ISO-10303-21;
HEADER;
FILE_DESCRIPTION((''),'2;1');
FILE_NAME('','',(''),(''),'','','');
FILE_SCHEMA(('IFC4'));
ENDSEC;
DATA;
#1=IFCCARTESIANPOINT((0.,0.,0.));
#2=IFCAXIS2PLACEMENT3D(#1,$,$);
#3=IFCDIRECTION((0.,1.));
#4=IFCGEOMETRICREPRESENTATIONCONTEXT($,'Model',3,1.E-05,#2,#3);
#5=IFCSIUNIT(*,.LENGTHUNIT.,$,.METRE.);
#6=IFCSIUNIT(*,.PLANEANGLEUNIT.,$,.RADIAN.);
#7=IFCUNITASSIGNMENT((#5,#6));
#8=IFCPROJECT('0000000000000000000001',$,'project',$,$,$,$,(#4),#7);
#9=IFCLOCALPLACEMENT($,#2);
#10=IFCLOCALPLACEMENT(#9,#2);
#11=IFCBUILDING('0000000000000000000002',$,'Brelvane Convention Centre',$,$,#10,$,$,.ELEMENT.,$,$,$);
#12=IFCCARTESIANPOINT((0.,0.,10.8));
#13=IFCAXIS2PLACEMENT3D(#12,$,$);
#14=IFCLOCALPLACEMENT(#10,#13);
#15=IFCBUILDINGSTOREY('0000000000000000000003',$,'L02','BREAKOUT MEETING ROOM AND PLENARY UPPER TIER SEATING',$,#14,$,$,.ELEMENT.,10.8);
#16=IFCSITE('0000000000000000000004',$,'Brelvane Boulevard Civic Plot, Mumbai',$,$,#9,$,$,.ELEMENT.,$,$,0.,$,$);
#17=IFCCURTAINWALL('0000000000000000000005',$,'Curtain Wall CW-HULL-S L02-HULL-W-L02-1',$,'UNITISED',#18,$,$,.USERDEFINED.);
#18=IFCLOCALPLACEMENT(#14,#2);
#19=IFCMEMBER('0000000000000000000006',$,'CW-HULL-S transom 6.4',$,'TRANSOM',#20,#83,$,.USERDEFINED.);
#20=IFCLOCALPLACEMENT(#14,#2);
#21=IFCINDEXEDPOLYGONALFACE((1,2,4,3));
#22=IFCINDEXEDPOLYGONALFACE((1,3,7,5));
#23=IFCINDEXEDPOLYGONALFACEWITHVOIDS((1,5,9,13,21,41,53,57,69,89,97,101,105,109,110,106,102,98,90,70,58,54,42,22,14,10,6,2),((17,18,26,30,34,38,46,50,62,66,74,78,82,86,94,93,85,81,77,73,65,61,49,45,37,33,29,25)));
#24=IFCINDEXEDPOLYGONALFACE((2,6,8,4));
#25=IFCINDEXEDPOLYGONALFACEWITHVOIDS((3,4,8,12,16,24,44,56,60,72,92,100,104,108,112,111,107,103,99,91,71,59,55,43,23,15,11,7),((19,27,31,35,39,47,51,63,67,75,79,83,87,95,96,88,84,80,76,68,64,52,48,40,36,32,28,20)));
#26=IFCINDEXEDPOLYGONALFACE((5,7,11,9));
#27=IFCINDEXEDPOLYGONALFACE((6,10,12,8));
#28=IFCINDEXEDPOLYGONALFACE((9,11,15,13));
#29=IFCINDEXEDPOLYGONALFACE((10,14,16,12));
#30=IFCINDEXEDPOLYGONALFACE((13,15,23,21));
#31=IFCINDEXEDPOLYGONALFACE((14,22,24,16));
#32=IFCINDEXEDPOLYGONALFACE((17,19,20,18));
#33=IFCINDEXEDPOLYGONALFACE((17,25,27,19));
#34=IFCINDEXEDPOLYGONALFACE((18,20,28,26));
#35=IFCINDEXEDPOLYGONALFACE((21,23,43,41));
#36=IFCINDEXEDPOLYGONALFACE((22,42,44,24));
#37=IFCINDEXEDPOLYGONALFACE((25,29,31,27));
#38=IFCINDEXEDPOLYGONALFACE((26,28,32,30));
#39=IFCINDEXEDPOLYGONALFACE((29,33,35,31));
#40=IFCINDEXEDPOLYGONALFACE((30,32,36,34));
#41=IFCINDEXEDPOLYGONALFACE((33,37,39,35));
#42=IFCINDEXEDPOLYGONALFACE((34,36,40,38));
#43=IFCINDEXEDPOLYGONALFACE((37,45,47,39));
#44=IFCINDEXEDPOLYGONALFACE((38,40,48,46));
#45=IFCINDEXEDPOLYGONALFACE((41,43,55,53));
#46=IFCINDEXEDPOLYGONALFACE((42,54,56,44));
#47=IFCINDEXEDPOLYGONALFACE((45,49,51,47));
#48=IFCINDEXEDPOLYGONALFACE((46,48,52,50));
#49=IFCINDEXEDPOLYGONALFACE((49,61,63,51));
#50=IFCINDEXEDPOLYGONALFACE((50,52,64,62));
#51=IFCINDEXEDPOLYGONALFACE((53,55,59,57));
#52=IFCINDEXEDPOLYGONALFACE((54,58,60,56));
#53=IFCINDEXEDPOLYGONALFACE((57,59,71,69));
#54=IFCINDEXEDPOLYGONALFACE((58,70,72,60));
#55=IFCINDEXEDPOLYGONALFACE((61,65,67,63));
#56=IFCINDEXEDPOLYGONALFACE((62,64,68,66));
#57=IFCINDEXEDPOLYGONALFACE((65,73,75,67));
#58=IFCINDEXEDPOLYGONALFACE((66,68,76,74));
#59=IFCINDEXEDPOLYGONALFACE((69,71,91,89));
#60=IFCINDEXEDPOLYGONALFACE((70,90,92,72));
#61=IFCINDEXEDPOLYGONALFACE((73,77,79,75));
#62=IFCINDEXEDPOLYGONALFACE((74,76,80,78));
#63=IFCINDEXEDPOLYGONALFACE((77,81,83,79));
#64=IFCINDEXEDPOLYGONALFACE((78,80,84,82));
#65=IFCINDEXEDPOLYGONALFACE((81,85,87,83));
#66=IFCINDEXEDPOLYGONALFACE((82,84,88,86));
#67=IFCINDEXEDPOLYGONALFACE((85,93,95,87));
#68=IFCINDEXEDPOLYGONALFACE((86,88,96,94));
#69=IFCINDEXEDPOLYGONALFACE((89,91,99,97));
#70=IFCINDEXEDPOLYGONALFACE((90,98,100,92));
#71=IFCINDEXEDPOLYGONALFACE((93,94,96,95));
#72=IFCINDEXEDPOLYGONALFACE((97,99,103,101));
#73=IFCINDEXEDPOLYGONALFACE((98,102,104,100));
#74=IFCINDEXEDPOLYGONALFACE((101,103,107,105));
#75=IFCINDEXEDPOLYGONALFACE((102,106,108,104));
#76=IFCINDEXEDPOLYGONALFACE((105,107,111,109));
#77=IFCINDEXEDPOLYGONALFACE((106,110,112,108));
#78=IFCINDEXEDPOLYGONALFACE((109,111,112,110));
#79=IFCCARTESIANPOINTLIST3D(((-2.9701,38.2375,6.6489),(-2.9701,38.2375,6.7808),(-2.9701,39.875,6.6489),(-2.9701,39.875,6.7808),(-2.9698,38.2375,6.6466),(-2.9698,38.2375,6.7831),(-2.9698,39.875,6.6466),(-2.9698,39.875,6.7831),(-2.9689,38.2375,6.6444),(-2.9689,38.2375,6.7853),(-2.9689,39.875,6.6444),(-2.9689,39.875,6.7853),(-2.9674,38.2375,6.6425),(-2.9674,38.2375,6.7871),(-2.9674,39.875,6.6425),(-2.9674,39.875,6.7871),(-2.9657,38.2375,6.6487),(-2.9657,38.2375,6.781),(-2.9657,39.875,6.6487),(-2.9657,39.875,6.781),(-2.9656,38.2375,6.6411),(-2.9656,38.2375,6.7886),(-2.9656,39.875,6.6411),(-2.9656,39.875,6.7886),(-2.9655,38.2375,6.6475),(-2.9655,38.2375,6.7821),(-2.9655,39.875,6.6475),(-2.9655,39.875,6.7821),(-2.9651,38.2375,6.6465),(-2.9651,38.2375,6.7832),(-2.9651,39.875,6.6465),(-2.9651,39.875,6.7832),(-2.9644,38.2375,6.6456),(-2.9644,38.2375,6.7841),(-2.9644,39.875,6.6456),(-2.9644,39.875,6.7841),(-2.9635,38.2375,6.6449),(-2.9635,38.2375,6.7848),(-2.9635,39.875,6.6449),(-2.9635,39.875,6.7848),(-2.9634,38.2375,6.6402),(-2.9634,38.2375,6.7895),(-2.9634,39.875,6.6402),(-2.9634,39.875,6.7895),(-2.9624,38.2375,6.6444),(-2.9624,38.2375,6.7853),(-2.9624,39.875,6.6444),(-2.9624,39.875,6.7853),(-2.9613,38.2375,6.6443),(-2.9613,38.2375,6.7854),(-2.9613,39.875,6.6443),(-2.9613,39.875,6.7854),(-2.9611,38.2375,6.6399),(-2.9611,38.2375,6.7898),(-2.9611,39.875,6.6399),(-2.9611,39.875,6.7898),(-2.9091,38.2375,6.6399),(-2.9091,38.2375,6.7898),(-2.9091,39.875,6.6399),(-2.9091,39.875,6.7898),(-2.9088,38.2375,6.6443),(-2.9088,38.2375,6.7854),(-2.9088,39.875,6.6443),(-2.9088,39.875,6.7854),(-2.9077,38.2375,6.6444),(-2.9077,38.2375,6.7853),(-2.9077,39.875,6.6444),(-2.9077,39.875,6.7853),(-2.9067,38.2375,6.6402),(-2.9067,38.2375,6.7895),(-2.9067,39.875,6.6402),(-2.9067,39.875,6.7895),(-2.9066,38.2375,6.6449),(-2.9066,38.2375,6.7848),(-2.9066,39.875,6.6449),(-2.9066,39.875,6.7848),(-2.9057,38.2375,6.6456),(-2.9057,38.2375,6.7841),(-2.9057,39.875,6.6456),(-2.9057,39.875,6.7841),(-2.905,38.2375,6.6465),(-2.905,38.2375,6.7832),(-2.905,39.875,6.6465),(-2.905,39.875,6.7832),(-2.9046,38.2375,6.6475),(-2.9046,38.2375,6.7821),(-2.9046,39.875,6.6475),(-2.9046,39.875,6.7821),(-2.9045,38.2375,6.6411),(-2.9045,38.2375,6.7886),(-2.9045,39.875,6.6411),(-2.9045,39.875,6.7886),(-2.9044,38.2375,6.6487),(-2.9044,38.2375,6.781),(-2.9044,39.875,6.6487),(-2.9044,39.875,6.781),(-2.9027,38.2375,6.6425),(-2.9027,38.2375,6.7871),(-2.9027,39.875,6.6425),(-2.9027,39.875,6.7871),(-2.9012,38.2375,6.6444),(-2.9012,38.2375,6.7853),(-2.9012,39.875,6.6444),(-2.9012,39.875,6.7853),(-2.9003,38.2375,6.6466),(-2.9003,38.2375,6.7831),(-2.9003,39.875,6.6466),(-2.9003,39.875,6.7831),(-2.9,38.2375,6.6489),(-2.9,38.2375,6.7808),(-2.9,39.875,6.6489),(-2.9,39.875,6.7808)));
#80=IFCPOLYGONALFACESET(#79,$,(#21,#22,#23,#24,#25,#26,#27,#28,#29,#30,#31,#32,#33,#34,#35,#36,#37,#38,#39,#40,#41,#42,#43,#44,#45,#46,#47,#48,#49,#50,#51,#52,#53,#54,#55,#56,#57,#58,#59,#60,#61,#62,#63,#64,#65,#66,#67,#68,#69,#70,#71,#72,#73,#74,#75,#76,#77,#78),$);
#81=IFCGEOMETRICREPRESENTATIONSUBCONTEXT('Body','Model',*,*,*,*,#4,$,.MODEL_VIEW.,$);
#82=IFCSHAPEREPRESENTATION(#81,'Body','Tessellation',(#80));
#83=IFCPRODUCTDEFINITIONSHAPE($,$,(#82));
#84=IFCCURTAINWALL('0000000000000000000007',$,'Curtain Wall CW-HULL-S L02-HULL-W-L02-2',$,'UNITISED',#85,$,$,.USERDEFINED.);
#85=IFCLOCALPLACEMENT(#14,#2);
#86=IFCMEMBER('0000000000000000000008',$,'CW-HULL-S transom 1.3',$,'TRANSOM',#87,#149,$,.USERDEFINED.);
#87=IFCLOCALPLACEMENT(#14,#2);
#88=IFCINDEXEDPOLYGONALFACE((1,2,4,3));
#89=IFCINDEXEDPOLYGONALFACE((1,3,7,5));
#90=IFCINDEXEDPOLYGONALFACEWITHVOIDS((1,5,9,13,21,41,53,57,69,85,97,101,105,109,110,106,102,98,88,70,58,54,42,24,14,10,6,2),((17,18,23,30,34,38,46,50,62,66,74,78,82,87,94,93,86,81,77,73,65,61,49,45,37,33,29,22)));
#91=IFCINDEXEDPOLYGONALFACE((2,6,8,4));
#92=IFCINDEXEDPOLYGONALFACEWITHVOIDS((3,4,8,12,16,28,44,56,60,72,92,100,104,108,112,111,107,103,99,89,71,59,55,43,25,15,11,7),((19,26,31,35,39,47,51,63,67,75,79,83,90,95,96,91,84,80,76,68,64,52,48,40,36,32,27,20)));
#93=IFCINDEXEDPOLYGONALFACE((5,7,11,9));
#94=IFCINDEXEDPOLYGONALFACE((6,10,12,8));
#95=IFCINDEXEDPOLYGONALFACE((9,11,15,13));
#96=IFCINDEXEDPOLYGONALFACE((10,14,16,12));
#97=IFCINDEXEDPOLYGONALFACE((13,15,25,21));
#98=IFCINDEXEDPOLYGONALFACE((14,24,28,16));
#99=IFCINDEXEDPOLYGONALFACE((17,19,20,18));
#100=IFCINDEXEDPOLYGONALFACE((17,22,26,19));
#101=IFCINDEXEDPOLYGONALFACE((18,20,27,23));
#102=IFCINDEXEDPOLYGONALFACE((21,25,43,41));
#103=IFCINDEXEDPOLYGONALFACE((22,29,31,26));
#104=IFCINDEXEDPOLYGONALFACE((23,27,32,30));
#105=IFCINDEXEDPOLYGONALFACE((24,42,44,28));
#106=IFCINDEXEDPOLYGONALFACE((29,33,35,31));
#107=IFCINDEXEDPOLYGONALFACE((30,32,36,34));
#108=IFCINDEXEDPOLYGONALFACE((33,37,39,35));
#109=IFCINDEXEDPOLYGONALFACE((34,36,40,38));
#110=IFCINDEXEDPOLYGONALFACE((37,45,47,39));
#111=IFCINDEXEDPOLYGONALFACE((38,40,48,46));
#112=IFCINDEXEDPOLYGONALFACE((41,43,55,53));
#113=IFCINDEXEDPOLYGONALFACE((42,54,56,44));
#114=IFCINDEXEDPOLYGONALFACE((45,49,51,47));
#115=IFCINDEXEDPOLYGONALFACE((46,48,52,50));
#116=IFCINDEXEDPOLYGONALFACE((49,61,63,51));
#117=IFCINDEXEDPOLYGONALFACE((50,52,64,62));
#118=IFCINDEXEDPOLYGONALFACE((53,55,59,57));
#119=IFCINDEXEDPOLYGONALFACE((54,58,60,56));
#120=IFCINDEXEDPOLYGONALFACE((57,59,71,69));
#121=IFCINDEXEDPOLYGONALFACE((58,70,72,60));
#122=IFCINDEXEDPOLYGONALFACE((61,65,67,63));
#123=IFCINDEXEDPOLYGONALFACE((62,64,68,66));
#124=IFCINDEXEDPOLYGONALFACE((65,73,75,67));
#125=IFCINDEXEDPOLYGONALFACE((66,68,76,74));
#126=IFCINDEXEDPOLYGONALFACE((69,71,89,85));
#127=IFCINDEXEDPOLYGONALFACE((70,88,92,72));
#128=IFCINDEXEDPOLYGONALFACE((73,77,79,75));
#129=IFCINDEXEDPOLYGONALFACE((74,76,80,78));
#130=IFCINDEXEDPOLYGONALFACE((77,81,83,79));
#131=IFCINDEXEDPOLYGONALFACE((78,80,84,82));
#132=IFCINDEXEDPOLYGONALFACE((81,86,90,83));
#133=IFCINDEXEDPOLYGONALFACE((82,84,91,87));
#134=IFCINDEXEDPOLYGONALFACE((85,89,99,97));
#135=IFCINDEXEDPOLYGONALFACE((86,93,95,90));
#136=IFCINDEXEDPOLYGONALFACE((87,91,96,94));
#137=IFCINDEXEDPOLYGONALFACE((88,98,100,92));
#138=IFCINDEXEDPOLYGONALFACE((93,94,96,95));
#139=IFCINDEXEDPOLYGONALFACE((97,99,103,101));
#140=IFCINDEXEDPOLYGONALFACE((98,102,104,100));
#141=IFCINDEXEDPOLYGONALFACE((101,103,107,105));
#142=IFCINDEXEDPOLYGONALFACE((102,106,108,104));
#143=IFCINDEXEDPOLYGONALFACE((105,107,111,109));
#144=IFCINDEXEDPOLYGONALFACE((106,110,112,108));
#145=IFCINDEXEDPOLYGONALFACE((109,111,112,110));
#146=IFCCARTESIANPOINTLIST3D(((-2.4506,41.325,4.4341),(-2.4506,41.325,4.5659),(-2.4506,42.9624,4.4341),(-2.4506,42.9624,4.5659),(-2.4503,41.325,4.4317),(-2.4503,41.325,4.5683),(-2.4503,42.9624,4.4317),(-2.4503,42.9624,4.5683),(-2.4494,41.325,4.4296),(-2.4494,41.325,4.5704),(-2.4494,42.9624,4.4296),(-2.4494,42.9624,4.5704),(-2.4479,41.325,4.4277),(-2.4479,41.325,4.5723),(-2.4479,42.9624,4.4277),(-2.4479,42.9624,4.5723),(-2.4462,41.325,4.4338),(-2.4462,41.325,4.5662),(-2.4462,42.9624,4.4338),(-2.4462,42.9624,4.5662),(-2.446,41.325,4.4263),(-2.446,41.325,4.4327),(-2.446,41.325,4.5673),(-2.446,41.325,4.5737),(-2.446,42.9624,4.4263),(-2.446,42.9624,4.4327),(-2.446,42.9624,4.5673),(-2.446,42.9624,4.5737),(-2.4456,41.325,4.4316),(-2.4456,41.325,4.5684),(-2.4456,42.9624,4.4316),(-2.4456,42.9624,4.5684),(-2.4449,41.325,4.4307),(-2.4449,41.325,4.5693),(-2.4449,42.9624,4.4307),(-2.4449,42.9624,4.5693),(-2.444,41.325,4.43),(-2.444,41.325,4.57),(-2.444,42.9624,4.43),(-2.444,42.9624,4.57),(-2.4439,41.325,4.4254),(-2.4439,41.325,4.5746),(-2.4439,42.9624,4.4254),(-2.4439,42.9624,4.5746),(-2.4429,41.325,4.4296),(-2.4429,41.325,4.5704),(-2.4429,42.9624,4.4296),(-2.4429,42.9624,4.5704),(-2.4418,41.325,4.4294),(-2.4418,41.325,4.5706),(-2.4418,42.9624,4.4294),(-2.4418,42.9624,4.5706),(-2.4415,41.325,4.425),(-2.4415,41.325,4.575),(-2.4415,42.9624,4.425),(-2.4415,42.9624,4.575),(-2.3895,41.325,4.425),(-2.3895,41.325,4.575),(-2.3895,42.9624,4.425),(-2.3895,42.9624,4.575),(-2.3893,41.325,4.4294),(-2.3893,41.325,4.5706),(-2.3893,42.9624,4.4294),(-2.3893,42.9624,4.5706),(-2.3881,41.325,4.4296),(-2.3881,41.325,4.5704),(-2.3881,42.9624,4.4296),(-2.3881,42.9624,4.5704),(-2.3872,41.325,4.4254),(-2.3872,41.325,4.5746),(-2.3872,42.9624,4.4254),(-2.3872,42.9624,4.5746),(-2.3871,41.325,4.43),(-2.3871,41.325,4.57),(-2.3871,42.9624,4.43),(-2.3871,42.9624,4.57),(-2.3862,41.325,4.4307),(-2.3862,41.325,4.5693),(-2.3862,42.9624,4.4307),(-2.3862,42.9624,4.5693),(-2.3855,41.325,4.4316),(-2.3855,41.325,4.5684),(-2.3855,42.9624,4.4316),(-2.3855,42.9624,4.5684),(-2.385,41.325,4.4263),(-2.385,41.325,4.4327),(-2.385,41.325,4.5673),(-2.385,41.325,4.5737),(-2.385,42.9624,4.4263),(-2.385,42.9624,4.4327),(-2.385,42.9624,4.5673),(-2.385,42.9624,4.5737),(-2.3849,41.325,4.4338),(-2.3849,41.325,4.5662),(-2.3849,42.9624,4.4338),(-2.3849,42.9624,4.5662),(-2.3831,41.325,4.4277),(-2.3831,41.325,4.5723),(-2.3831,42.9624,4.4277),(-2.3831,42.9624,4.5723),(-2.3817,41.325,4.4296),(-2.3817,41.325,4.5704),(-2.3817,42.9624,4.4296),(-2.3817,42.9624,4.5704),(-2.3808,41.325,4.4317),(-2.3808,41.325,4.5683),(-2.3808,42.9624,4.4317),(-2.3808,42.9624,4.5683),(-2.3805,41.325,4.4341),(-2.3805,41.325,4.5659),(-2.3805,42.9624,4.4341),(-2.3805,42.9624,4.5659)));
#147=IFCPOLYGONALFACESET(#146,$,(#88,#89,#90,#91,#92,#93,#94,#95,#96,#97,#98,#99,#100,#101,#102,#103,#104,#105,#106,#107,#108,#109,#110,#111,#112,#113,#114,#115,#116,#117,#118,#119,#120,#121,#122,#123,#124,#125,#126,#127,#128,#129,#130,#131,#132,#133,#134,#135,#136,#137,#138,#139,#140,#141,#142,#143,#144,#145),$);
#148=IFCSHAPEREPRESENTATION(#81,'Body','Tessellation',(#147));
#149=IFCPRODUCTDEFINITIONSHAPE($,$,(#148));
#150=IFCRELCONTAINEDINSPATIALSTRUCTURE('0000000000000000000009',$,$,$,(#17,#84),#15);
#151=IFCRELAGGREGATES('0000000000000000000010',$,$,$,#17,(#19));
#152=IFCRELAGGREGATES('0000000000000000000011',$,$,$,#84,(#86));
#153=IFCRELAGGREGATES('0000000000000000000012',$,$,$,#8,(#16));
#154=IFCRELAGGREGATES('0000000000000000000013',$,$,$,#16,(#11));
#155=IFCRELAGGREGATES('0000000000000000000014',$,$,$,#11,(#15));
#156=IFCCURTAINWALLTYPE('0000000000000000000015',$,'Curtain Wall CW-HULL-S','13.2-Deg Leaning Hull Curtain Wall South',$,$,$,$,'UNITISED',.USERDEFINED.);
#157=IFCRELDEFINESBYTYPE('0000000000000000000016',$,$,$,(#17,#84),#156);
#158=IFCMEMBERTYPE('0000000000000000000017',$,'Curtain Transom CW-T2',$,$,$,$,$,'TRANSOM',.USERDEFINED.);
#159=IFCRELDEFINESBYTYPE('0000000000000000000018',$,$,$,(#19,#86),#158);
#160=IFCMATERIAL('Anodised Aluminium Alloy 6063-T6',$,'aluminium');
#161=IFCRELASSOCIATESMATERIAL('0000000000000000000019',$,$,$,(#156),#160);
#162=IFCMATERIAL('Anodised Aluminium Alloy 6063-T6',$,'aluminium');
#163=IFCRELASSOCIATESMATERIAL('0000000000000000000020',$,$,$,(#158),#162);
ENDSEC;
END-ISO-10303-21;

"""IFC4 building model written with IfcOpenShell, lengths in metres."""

from ifc_helpers import new_model, si_unit, direction, frame, origin, origin_2d, place, context, subcontext, project, spatial, hollow_rectangle, extrude, material, material_profile, profile_set, type_object, element, aggregate, save


model = new_model("IFC4")

# Units and contexts
model_context = context("Model", 3, precision=1e-05, world=origin(), true_north=direction((0.0, 1.0)))
body_context = subcontext(model_context, "Body", "Model", "MODEL_VIEW")
ifc_project = project(units=[si_unit("LENGTHUNIT", "METRE"), si_unit("PLANEANGLEUNIT", "RADIAN")], contexts=[model_context])

# Site, building, storey
site_placement = place(None, origin())
site = spatial("IfcSite", under=ifc_project, at=site_placement, Name="Brelvane Boulevard Civic Plot, Mumbai", CompositionType="ELEMENT", RefElevation=0.0)
building_placement = place(site_placement, origin())
building = spatial("IfcBuilding", under=site, at=building_placement, Name="Brelvane Convention Centre", CompositionType="ELEMENT")
storey_placement = place(building_placement, frame((0.0, 0.0, 10.8)))
storey = spatial("IfcBuildingStorey", under=building, at=storey_placement, Name="L02", Description="BREAKOUT MEETING ROOM AND PLENARY UPPER TIER SEATING", CompositionType="ELEMENT", Elevation=10.8)

# Curtain walls, members
ifc_material_1 = material(Name="Anodised Aluminium Alloy 6063-T6", Category="aluminium")
curtain_wall_type = type_object("IfcCurtainWallType", Name="Curtain Wall CW-HULL-S", Description="13.2-Deg Leaning Hull Curtain Wall South", ElementType="UNITISED", PredefinedType="USERDEFINED", material=ifc_material_1)
curtain_wall_1_placement = place(storey_placement, origin())
curtain_wall_1 = element("IfcCurtainWall", 1, at=curtain_wall_1_placement, inside=storey, type_object=curtain_wall_type, Name="Curtain Wall CW-HULL-S L02-HULL-W-L02-1", ObjectType="UNITISED", PredefinedType="USERDEFINED")
ifc_material_2 = material(Name="Anodised Aluminium Alloy 6063-T6", Category="aluminium")
ifc_material_profile = material_profile(ifc_material_2, hollow_rectangle(XDim=0.0701, YDim=0.1499, WallThickness=0.0044, InnerFilletRadius=0.0044, OuterFilletRadius=0.009, at=origin_2d()), Name="ALU-T 150x70x4.5")
ifc_profile_set = profile_set([ifc_material_profile], Name="Anodised Aluminium Alloy 6063-T6")
member_type = type_object("IfcMemberType", Name="Curtain Transom CW-T2", ElementType="TRANSOM", PredefinedType="USERDEFINED", material=ifc_profile_set)
member_1_placement = place(storey_placement, frame((-2.9351, 38.2375, 6.7148), z_axis=(0.0, 1.0, 0.0), x_axis=(-1.0, 0.0, 0.0)))
member_1 = element("IfcMember", 2, at=member_1_placement, type_object=member_type, Name="CW-HULL-S transom 6.4", ObjectType="TRANSOM", PredefinedType="USERDEFINED", context=body_context, shape_type="SweptSolid", body=[
    extrude(hollow_rectangle(XDim=0.0701, YDim=0.1499, WallThickness=0.0044, InnerFilletRadius=0.0044, OuterFilletRadius=0.009, at=origin_2d()), origin(), (0.0, 0.0, 1.0), 1.6375),
])
curtain_wall_2_placement = place(storey_placement, origin())
curtain_wall_2 = element("IfcCurtainWall", 3, at=curtain_wall_2_placement, inside=storey, type_object=curtain_wall_type, Name="Curtain Wall CW-HULL-S L02-HULL-W-L02-2", ObjectType="UNITISED", PredefinedType="USERDEFINED")
member_2_placement = place(storey_placement, frame((-2.4155, 41.325, 4.5), z_axis=(0.0, 1.0, 0.0), x_axis=(-1.0, 0.0, 0.0)))
member_2 = element("IfcMember", 4, at=member_2_placement, type_object=member_type, Name="CW-HULL-S transom 1.3", ObjectType="TRANSOM", PredefinedType="USERDEFINED", context=body_context, shape_type="SweptSolid", body=[
    extrude(hollow_rectangle(XDim=0.0701, YDim=0.1499, WallThickness=0.0044, InnerFilletRadius=0.0044, OuterFilletRadius=0.009, at=origin_2d()), origin(), (0.0, 0.0, 1.0), 1.6375),
])

aggregate(curtain_wall_1, [member_1])
aggregate(curtain_wall_2, [member_2])

save(model, "model.ifc")
